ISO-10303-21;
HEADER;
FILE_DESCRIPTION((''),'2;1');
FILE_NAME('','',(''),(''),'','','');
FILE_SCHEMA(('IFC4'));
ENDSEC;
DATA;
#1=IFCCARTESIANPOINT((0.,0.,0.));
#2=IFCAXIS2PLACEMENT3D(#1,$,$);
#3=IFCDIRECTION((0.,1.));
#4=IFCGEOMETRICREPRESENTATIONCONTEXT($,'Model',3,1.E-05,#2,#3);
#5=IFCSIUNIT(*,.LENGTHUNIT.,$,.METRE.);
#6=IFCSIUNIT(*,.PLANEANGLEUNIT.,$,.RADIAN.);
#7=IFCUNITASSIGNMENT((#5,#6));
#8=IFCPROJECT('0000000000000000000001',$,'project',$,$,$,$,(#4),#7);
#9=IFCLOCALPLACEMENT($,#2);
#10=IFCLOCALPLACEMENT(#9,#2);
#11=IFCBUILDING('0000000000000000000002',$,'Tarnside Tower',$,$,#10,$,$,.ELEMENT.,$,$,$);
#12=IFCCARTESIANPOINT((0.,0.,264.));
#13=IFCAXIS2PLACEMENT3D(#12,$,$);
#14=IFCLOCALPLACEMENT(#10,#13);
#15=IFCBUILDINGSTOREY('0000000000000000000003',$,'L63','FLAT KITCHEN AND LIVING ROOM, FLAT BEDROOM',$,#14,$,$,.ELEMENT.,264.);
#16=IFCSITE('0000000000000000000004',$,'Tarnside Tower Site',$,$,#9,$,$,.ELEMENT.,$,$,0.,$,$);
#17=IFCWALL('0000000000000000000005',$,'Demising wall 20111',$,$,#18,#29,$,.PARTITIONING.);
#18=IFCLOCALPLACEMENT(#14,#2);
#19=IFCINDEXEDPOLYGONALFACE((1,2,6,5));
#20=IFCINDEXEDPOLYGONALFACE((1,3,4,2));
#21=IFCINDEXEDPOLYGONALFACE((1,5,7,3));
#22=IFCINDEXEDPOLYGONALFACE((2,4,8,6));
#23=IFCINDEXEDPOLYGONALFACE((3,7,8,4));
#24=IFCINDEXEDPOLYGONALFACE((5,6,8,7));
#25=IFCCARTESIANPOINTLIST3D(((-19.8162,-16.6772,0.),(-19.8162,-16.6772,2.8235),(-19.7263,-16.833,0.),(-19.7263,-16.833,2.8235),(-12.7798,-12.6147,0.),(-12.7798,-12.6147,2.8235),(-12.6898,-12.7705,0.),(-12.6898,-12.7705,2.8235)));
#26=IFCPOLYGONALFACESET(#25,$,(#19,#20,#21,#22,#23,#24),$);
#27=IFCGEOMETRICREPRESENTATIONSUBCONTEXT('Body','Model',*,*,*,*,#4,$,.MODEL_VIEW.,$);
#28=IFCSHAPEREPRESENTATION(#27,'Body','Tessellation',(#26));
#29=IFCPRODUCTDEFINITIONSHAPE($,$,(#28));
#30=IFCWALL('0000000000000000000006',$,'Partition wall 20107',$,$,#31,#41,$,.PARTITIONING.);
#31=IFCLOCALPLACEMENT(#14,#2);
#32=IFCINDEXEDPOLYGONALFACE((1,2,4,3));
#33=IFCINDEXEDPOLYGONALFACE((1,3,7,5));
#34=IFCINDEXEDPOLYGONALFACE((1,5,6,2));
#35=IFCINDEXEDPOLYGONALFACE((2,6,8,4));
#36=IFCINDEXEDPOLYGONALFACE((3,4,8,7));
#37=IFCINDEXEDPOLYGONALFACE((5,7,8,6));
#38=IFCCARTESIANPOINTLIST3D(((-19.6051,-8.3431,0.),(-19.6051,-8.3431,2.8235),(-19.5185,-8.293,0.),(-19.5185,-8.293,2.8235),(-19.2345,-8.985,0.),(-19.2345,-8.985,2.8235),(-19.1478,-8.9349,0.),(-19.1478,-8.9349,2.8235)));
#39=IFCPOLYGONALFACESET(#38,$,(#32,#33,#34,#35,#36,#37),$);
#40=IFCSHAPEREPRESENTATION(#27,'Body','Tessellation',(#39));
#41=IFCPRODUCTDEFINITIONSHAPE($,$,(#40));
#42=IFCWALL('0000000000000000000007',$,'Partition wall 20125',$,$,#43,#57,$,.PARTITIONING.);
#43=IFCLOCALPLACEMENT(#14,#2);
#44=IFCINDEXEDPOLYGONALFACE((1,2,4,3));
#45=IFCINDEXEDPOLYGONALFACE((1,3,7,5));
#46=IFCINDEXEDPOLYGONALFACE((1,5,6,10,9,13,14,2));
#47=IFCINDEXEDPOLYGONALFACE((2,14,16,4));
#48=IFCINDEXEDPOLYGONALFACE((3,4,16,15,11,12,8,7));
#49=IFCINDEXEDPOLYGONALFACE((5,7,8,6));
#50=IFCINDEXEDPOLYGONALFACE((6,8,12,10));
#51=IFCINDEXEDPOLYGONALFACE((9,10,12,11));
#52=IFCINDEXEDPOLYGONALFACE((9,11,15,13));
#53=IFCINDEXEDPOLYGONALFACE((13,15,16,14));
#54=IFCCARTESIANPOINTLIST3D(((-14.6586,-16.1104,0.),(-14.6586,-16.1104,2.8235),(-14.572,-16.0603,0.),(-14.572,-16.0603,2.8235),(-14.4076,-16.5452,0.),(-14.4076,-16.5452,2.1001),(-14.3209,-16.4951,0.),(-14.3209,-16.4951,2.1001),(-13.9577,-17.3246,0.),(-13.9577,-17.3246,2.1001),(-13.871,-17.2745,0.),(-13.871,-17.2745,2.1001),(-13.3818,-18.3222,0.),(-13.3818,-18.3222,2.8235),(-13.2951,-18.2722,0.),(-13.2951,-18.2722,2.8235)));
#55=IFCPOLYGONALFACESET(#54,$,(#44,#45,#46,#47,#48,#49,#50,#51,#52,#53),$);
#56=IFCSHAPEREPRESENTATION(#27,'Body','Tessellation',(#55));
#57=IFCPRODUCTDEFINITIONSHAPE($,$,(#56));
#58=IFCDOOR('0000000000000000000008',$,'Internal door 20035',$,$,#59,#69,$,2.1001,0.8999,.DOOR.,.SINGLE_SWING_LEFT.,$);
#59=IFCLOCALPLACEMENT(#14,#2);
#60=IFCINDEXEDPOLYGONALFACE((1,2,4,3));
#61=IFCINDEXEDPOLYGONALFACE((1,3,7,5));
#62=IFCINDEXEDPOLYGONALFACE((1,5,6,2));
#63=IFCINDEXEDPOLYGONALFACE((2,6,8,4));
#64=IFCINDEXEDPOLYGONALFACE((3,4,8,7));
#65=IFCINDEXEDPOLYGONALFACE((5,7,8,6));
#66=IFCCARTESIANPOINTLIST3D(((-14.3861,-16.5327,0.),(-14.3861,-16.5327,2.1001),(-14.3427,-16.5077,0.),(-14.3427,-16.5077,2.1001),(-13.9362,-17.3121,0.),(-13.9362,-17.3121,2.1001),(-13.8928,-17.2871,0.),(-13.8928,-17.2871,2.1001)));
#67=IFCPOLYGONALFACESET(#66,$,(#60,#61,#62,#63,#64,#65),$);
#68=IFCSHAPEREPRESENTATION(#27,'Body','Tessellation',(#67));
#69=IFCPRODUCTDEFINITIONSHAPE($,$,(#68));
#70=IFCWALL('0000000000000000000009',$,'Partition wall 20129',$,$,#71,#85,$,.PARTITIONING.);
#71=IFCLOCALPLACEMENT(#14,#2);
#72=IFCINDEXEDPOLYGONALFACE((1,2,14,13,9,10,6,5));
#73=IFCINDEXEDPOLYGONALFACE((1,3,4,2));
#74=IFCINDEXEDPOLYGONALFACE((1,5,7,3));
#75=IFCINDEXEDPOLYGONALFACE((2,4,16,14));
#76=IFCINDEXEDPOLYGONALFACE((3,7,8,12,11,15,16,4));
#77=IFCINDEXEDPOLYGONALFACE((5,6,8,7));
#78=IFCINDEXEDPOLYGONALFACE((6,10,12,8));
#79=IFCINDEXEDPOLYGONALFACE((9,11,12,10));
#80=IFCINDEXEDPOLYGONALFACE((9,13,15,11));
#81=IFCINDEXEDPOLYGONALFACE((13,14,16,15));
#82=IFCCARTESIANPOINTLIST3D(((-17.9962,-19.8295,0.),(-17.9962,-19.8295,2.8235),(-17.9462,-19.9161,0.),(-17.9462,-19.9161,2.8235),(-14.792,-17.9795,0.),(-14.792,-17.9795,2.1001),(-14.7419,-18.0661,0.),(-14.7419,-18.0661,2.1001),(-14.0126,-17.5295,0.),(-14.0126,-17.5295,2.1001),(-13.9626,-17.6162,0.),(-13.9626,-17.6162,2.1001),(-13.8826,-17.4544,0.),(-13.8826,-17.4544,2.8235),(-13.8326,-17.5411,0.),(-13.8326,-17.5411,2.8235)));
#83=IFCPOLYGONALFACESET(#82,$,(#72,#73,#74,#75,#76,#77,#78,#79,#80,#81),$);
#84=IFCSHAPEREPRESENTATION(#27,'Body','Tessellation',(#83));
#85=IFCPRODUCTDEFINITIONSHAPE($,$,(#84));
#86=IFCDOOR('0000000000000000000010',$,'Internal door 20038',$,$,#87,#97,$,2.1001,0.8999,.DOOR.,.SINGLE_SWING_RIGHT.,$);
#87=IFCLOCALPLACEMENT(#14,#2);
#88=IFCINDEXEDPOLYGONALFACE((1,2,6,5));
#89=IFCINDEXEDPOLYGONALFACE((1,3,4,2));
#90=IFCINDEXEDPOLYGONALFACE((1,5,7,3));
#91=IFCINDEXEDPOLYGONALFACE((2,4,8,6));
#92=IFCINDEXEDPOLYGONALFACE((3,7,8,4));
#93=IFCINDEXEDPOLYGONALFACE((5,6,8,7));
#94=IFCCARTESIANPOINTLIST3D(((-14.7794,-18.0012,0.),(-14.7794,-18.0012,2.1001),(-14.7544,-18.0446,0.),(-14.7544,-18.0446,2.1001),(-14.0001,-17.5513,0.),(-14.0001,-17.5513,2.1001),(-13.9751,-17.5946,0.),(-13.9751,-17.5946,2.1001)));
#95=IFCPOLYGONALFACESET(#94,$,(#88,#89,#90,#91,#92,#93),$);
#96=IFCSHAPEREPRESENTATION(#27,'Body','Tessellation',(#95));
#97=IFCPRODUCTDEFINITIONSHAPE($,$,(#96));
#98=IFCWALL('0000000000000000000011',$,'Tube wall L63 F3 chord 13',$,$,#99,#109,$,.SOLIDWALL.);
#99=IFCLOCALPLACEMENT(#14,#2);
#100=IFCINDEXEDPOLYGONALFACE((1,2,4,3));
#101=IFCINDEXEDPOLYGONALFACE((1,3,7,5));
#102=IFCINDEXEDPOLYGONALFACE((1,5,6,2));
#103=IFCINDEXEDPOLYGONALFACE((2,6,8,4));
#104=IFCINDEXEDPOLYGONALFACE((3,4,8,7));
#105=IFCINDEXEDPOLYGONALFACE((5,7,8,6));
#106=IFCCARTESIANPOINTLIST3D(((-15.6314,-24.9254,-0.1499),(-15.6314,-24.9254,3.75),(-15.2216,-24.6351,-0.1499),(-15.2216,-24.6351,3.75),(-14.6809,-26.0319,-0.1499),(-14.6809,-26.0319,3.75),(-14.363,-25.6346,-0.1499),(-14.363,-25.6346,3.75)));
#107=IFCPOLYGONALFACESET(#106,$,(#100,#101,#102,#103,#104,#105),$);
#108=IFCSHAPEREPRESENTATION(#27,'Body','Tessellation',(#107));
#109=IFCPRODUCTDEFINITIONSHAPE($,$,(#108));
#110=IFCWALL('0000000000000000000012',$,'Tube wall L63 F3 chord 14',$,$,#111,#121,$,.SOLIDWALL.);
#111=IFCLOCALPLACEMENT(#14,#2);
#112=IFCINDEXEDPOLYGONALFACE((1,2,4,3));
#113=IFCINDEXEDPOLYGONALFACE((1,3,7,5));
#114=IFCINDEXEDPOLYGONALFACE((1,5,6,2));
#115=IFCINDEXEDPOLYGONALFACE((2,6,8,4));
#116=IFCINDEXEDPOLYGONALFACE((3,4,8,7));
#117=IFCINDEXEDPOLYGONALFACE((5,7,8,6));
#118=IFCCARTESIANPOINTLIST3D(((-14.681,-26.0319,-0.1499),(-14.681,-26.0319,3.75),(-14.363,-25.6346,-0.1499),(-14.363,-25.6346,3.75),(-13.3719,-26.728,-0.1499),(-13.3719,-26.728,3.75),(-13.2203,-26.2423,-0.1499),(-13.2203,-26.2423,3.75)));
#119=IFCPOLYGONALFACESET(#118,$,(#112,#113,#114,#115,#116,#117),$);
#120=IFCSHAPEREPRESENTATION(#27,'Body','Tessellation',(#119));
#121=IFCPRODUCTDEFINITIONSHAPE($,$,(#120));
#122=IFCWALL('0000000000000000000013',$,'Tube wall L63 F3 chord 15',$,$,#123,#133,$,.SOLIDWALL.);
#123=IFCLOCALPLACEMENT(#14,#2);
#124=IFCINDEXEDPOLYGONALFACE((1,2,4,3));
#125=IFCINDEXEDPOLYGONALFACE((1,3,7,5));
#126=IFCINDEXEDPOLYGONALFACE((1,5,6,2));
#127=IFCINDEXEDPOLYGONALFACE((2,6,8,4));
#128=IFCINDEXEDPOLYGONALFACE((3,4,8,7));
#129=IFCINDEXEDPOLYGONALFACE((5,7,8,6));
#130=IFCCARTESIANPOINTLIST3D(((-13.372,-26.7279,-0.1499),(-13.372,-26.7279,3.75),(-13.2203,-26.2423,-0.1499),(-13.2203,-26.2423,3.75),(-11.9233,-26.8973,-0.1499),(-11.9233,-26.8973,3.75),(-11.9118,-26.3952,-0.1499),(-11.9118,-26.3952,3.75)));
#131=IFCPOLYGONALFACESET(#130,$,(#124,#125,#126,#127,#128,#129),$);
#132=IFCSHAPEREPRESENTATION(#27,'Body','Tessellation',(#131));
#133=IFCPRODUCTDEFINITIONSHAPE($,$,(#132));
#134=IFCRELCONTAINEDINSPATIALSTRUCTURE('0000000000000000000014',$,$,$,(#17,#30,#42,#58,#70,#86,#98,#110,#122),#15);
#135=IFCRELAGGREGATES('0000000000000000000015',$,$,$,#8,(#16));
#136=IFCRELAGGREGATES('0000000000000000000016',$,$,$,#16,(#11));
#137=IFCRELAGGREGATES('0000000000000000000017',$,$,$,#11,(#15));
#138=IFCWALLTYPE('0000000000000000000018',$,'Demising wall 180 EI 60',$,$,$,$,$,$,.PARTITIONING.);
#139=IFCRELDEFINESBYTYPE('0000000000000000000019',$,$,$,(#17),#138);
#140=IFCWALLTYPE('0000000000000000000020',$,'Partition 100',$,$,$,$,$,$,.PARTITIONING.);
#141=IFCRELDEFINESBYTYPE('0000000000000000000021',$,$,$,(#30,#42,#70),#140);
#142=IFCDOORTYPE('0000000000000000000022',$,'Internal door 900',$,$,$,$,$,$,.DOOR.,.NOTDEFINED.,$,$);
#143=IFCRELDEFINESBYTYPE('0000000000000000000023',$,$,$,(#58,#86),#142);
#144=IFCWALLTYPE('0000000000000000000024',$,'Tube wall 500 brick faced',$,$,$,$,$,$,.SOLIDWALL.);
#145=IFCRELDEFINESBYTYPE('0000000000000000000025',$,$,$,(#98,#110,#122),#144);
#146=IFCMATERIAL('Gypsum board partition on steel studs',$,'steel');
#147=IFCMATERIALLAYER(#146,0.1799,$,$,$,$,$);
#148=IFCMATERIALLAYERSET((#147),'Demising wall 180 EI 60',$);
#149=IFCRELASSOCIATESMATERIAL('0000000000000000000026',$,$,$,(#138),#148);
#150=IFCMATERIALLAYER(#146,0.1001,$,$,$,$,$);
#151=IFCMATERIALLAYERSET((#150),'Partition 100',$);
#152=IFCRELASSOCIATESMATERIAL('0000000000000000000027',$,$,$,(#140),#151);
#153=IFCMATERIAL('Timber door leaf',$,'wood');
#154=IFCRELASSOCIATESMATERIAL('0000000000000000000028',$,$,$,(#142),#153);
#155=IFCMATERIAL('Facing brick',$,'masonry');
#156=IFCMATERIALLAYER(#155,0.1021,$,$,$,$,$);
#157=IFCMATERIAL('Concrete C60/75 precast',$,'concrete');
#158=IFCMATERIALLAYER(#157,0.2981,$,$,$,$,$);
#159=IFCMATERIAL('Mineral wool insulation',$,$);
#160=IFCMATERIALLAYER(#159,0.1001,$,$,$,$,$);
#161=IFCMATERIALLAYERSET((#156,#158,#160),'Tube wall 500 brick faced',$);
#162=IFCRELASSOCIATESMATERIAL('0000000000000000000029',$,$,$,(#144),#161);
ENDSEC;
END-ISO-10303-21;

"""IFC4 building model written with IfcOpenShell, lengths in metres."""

from ifc_helpers import new_model, si_unit, direction, frame, frame_2d, origin, place, context, subcontext, project, spatial, polyline, rectangle, outline, extrude, material, layer, layer_set, type_object, element, fill, save


model = new_model("IFC4")

# Units and contexts
model_context = context("Model", 3, precision=1e-05, world=origin(), true_north=direction((0.0, 1.0)))
body_context = subcontext(model_context, "Body", "Model", "MODEL_VIEW")
ifc_project = project(units=[si_unit("LENGTHUNIT", "METRE"), si_unit("PLANEANGLEUNIT", "RADIAN")], contexts=[model_context])

# Site, building, storey
site_placement = place(None, origin())
site = spatial("IfcSite", under=ifc_project, at=site_placement, Name="Tarnside Tower Site", CompositionType="ELEMENT", RefElevation=0.0)
building_placement = place(site_placement, origin())
building = spatial("IfcBuilding", under=site, at=building_placement, Name="Tarnside Tower", CompositionType="ELEMENT")
storey_placement = place(building_placement, frame((0.0, 0.0, 264.0)))
storey = spatial("IfcBuildingStorey", under=building, at=storey_placement, Name="L63", Description="FLAT KITCHEN AND LIVING ROOM, FLAT BEDROOM", CompositionType="ELEMENT", Elevation=264.0)

# Shared definitions
ifc_material_1 = material(Name="Gypsum board partition on steel studs", Category="steel")

# Shared definitions
ifc_material_2 = material(Name="Timber door leaf", Category="wood")

# Walls
ifc_layer_1 = layer(ifc_material_1, 0.1799)
ifc_layer_set_1 = layer_set([ifc_layer_1], Name="Demising wall 180 EI 60")
wall_type_1 = type_object("IfcWallType", Name="Demising wall 180 EI 60", PredefinedType="PARTITIONING", material=ifc_layer_set_1)
wall_1_placement = place(storey_placement, frame((-19.7712, -16.7551, 0.0), z_axis=(0.0, 0.0, 1.0), x_axis=(0.866023, 0.500004, 0.0)))
element("IfcWall", 1, at=wall_1_placement, inside=storey, type_object=wall_type_1, Name="Demising wall 20111", PredefinedType="PARTITIONING", context=body_context, shape_type="SweptSolid", body=[
    extrude(rectangle(XDim=8.125, YDim=0.1799, at=frame_2d((4.0625, 0.0))), origin(), (0.0, 0.0, 1.0), 2.8235),
])
ifc_layer_2 = layer(ifc_material_1, 0.1001)
ifc_layer_set_2 = layer_set([ifc_layer_2], Name="Partition 100")
wall_type_2 = type_object("IfcWallType", Name="Partition 100", PredefinedType="PARTITIONING", material=ifc_layer_set_2)
wall_2_placement = place(storey_placement, frame((-19.1912, -8.96, 0.0), z_axis=(0.0, 0.0, 1.0), x_axis=(-0.500036, 0.866005, 0.0)))
element("IfcWall", 2, at=wall_2_placement, inside=storey, type_object=wall_type_2, Name="Partition wall 20107", PredefinedType="PARTITIONING", context=body_context, shape_type="SweptSolid", body=[
    extrude(rectangle(XDim=0.7412, YDim=0.1001, at=frame_2d((0.3706, 0.0))), origin(), (0.0, 0.0, 1.0), 2.8235),
])

# Walls, openings, doors
wall_3_placement = place(storey_placement, frame((-14.6152, -16.0854, 0.0), z_axis=(0.0, 0.0, 1.0), x_axis=(0.499943, -0.866058, 0.0)))
wall_3 = element("IfcWall", 3, at=wall_3_placement, inside=storey, type_object=wall_type_2, Name="Partition wall 20125", PredefinedType="PARTITIONING", context=body_context, shape_type="SweptSolid", body=[
    extrude(rectangle(XDim=2.554, YDim=0.1001, at=frame_2d((1.2769, 0.0))), origin(), (0.0, 0.0, 1.0), 2.8235),
])
opening_1_placement = place(wall_3_placement, frame((0.502, 0.0, 0.0)))
opening_1 = element("IfcOpeningElement", 4, at=opening_1_placement, cuts=wall_3, PredefinedType="OPENING", context=body_context, shape_type="SweptSolid", body=[
    extrude(rectangle(XDim=0.8999, YDim=2.1001, at=frame_2d((0.45, 1.05))), frame((0.0, 0.0601, 0.0), z_axis=(0.0, -1.0, 0.0), x_axis=(1.0, 0.0, 0.0)), (0.0, 0.0, 1.0), 0.1201),
])
door_type_1 = type_object("IfcDoorType", Name="Internal door 900", OperationType="NOTDEFINED", PredefinedType="DOOR", material=ifc_material_2)
door_1_placement = place(opening_1_placement, origin())
door_1 = element("IfcDoor", 5, at=door_1_placement, inside=storey, type_object=door_type_1, Name="Internal door 20035", OperationType="SINGLE_SWING_LEFT", OverallHeight=2.1001, OverallWidth=0.8999, PredefinedType="DOOR", context=body_context, shape_type="SweptSolid", body=[
    extrude(rectangle(XDim=0.8999, YDim=2.1001, at=frame_2d((0.45, 1.05))), frame((0.0, 0.0249, 0.0), z_axis=(0.0, -1.0, 0.0), x_axis=(1.0, 0.0, 0.0)), (0.0, 0.0, 1.0), 0.05),
])
fill(opening_1, door_1)
wall_4_placement = place(storey_placement, frame((-17.9712, -19.8728, 0.0), z_axis=(0.0, 0.0, 1.0), x_axis=(0.86602, 0.500009, 0.0)))
wall_4 = element("IfcWall", 6, at=wall_4_placement, inside=storey, type_object=wall_type_2, Name="Partition wall 20129", PredefinedType="PARTITIONING", context=body_context, shape_type="SweptSolid", body=[
    extrude(rectangle(XDim=4.75, YDim=0.1001, at=frame_2d((2.375, 0.0))), origin(), (0.0, 0.0, 1.0), 2.8235),
])
opening_2_placement = place(wall_4_placement, frame((3.7, 0.0, 0.0)))
opening_2 = element("IfcOpeningElement", 7, at=opening_2_placement, cuts=wall_4, PredefinedType="OPENING", context=body_context, shape_type="SweptSolid", body=[
    extrude(rectangle(XDim=0.8999, YDim=2.1001, at=frame_2d((0.45, 1.05))), frame((0.0, 0.0601, 0.0), z_axis=(0.0, -1.0, 0.0), x_axis=(1.0, 0.0, 0.0)), (0.0, 0.0, 1.0), 0.1201),
])
door_2_placement = place(opening_2_placement, origin())
door_2 = element("IfcDoor", 8, at=door_2_placement, inside=storey, type_object=door_type_1, Name="Internal door 20038", OperationType="SINGLE_SWING_RIGHT", OverallHeight=2.1001, OverallWidth=0.8999, PredefinedType="DOOR", context=body_context, shape_type="SweptSolid", body=[
    extrude(rectangle(XDim=0.8999, YDim=2.1001, at=frame_2d((0.45, 1.05))), frame((0.0, 0.0249, 0.0), z_axis=(0.0, -1.0, 0.0), x_axis=(1.0, 0.0, 0.0)), (0.0, 0.0, 1.0), 0.05),
])
fill(opening_2, door_2)

# Walls
ifc_material_3 = material(Name="Facing brick", Category="masonry")
ifc_layer_3 = layer(ifc_material_3, 0.1021)
ifc_material_4 = material(Name="Concrete C60/75 precast", Category="concrete")
ifc_layer_4 = layer(ifc_material_4, 0.2981)
ifc_material_5 = material(Name="Mineral wool insulation")
ifc_layer_5 = layer(ifc_material_5, 0.1001)
ifc_layer_set_3 = layer_set([ifc_layer_3, ifc_layer_4, ifc_layer_5], Name="Tube wall 500 brick faced")
wall_type_3 = type_object("IfcWallType", Name="Tube wall 500 brick faced", PredefinedType="SOLIDWALL", material=ifc_layer_set_3)
wall_5_placement = place(storey_placement, frame((-15.4265, -24.7803, -0.1499), z_axis=(0.0, 0.0, 1.0), x_axis=(0.651617, -0.758549, 0.0)))
element("IfcWall", 9, at=wall_5_placement, inside=storey, type_object=wall_type_3, Name="Tube wall L63 F3 chord 13", PredefinedType="SOLIDWALL", context=body_context, shape_type="SweptSolid", body=[
    extrude(outline(polyline([(-0.0234, -0.25), (1.4353, -0.25), (1.3411, 0.25), (0.0234, 0.25), (-0.0234, -0.25)])), origin(), (0.0, 0.0, 1.0), 3.8999),
])
wall_6_placement = place(storey_placement, frame((-14.522, -25.8333, -0.1499), z_axis=(0.0, 0.0, 1.0), x_axis=(0.882927, -0.469511, 0.0)))
element("IfcWall", 10, at=wall_6_placement, inside=storey, type_object=wall_type_3, Name="Tube wall L63 F3 chord 14", PredefinedType="SOLIDWALL", context=body_context, shape_type="SweptSolid", body=[
    extrude(outline(polyline([(-0.0471, -0.25), (1.4355, -0.25), (1.3413, 0.25), (0.0471, 0.25), (-0.0471, -0.25)])), origin(), (0.0, 0.0, 1.0), 3.8999),
])
wall_7_placement = place(storey_placement, frame((-13.2961, -26.4851, -0.1499), z_axis=(0.0, 0.0, 1.0), x_axis=(0.993239, -0.116086, 0.0)))
element("IfcWall", 11, at=wall_7_placement, inside=storey, type_object=wall_type_3, Name="Tube wall L63 F3 chord 15", PredefinedType="SOLIDWALL", context=body_context, shape_type="SweptSolid", body=[
    extrude(outline(polyline([(-0.0471, -0.25), (1.4114, -0.25), (1.3645, 0.25), (0.0471, 0.25), (-0.0471, -0.25)])), origin(), (0.0, 0.0, 1.0), 3.8999),
])

save(model, "model.ifc")
